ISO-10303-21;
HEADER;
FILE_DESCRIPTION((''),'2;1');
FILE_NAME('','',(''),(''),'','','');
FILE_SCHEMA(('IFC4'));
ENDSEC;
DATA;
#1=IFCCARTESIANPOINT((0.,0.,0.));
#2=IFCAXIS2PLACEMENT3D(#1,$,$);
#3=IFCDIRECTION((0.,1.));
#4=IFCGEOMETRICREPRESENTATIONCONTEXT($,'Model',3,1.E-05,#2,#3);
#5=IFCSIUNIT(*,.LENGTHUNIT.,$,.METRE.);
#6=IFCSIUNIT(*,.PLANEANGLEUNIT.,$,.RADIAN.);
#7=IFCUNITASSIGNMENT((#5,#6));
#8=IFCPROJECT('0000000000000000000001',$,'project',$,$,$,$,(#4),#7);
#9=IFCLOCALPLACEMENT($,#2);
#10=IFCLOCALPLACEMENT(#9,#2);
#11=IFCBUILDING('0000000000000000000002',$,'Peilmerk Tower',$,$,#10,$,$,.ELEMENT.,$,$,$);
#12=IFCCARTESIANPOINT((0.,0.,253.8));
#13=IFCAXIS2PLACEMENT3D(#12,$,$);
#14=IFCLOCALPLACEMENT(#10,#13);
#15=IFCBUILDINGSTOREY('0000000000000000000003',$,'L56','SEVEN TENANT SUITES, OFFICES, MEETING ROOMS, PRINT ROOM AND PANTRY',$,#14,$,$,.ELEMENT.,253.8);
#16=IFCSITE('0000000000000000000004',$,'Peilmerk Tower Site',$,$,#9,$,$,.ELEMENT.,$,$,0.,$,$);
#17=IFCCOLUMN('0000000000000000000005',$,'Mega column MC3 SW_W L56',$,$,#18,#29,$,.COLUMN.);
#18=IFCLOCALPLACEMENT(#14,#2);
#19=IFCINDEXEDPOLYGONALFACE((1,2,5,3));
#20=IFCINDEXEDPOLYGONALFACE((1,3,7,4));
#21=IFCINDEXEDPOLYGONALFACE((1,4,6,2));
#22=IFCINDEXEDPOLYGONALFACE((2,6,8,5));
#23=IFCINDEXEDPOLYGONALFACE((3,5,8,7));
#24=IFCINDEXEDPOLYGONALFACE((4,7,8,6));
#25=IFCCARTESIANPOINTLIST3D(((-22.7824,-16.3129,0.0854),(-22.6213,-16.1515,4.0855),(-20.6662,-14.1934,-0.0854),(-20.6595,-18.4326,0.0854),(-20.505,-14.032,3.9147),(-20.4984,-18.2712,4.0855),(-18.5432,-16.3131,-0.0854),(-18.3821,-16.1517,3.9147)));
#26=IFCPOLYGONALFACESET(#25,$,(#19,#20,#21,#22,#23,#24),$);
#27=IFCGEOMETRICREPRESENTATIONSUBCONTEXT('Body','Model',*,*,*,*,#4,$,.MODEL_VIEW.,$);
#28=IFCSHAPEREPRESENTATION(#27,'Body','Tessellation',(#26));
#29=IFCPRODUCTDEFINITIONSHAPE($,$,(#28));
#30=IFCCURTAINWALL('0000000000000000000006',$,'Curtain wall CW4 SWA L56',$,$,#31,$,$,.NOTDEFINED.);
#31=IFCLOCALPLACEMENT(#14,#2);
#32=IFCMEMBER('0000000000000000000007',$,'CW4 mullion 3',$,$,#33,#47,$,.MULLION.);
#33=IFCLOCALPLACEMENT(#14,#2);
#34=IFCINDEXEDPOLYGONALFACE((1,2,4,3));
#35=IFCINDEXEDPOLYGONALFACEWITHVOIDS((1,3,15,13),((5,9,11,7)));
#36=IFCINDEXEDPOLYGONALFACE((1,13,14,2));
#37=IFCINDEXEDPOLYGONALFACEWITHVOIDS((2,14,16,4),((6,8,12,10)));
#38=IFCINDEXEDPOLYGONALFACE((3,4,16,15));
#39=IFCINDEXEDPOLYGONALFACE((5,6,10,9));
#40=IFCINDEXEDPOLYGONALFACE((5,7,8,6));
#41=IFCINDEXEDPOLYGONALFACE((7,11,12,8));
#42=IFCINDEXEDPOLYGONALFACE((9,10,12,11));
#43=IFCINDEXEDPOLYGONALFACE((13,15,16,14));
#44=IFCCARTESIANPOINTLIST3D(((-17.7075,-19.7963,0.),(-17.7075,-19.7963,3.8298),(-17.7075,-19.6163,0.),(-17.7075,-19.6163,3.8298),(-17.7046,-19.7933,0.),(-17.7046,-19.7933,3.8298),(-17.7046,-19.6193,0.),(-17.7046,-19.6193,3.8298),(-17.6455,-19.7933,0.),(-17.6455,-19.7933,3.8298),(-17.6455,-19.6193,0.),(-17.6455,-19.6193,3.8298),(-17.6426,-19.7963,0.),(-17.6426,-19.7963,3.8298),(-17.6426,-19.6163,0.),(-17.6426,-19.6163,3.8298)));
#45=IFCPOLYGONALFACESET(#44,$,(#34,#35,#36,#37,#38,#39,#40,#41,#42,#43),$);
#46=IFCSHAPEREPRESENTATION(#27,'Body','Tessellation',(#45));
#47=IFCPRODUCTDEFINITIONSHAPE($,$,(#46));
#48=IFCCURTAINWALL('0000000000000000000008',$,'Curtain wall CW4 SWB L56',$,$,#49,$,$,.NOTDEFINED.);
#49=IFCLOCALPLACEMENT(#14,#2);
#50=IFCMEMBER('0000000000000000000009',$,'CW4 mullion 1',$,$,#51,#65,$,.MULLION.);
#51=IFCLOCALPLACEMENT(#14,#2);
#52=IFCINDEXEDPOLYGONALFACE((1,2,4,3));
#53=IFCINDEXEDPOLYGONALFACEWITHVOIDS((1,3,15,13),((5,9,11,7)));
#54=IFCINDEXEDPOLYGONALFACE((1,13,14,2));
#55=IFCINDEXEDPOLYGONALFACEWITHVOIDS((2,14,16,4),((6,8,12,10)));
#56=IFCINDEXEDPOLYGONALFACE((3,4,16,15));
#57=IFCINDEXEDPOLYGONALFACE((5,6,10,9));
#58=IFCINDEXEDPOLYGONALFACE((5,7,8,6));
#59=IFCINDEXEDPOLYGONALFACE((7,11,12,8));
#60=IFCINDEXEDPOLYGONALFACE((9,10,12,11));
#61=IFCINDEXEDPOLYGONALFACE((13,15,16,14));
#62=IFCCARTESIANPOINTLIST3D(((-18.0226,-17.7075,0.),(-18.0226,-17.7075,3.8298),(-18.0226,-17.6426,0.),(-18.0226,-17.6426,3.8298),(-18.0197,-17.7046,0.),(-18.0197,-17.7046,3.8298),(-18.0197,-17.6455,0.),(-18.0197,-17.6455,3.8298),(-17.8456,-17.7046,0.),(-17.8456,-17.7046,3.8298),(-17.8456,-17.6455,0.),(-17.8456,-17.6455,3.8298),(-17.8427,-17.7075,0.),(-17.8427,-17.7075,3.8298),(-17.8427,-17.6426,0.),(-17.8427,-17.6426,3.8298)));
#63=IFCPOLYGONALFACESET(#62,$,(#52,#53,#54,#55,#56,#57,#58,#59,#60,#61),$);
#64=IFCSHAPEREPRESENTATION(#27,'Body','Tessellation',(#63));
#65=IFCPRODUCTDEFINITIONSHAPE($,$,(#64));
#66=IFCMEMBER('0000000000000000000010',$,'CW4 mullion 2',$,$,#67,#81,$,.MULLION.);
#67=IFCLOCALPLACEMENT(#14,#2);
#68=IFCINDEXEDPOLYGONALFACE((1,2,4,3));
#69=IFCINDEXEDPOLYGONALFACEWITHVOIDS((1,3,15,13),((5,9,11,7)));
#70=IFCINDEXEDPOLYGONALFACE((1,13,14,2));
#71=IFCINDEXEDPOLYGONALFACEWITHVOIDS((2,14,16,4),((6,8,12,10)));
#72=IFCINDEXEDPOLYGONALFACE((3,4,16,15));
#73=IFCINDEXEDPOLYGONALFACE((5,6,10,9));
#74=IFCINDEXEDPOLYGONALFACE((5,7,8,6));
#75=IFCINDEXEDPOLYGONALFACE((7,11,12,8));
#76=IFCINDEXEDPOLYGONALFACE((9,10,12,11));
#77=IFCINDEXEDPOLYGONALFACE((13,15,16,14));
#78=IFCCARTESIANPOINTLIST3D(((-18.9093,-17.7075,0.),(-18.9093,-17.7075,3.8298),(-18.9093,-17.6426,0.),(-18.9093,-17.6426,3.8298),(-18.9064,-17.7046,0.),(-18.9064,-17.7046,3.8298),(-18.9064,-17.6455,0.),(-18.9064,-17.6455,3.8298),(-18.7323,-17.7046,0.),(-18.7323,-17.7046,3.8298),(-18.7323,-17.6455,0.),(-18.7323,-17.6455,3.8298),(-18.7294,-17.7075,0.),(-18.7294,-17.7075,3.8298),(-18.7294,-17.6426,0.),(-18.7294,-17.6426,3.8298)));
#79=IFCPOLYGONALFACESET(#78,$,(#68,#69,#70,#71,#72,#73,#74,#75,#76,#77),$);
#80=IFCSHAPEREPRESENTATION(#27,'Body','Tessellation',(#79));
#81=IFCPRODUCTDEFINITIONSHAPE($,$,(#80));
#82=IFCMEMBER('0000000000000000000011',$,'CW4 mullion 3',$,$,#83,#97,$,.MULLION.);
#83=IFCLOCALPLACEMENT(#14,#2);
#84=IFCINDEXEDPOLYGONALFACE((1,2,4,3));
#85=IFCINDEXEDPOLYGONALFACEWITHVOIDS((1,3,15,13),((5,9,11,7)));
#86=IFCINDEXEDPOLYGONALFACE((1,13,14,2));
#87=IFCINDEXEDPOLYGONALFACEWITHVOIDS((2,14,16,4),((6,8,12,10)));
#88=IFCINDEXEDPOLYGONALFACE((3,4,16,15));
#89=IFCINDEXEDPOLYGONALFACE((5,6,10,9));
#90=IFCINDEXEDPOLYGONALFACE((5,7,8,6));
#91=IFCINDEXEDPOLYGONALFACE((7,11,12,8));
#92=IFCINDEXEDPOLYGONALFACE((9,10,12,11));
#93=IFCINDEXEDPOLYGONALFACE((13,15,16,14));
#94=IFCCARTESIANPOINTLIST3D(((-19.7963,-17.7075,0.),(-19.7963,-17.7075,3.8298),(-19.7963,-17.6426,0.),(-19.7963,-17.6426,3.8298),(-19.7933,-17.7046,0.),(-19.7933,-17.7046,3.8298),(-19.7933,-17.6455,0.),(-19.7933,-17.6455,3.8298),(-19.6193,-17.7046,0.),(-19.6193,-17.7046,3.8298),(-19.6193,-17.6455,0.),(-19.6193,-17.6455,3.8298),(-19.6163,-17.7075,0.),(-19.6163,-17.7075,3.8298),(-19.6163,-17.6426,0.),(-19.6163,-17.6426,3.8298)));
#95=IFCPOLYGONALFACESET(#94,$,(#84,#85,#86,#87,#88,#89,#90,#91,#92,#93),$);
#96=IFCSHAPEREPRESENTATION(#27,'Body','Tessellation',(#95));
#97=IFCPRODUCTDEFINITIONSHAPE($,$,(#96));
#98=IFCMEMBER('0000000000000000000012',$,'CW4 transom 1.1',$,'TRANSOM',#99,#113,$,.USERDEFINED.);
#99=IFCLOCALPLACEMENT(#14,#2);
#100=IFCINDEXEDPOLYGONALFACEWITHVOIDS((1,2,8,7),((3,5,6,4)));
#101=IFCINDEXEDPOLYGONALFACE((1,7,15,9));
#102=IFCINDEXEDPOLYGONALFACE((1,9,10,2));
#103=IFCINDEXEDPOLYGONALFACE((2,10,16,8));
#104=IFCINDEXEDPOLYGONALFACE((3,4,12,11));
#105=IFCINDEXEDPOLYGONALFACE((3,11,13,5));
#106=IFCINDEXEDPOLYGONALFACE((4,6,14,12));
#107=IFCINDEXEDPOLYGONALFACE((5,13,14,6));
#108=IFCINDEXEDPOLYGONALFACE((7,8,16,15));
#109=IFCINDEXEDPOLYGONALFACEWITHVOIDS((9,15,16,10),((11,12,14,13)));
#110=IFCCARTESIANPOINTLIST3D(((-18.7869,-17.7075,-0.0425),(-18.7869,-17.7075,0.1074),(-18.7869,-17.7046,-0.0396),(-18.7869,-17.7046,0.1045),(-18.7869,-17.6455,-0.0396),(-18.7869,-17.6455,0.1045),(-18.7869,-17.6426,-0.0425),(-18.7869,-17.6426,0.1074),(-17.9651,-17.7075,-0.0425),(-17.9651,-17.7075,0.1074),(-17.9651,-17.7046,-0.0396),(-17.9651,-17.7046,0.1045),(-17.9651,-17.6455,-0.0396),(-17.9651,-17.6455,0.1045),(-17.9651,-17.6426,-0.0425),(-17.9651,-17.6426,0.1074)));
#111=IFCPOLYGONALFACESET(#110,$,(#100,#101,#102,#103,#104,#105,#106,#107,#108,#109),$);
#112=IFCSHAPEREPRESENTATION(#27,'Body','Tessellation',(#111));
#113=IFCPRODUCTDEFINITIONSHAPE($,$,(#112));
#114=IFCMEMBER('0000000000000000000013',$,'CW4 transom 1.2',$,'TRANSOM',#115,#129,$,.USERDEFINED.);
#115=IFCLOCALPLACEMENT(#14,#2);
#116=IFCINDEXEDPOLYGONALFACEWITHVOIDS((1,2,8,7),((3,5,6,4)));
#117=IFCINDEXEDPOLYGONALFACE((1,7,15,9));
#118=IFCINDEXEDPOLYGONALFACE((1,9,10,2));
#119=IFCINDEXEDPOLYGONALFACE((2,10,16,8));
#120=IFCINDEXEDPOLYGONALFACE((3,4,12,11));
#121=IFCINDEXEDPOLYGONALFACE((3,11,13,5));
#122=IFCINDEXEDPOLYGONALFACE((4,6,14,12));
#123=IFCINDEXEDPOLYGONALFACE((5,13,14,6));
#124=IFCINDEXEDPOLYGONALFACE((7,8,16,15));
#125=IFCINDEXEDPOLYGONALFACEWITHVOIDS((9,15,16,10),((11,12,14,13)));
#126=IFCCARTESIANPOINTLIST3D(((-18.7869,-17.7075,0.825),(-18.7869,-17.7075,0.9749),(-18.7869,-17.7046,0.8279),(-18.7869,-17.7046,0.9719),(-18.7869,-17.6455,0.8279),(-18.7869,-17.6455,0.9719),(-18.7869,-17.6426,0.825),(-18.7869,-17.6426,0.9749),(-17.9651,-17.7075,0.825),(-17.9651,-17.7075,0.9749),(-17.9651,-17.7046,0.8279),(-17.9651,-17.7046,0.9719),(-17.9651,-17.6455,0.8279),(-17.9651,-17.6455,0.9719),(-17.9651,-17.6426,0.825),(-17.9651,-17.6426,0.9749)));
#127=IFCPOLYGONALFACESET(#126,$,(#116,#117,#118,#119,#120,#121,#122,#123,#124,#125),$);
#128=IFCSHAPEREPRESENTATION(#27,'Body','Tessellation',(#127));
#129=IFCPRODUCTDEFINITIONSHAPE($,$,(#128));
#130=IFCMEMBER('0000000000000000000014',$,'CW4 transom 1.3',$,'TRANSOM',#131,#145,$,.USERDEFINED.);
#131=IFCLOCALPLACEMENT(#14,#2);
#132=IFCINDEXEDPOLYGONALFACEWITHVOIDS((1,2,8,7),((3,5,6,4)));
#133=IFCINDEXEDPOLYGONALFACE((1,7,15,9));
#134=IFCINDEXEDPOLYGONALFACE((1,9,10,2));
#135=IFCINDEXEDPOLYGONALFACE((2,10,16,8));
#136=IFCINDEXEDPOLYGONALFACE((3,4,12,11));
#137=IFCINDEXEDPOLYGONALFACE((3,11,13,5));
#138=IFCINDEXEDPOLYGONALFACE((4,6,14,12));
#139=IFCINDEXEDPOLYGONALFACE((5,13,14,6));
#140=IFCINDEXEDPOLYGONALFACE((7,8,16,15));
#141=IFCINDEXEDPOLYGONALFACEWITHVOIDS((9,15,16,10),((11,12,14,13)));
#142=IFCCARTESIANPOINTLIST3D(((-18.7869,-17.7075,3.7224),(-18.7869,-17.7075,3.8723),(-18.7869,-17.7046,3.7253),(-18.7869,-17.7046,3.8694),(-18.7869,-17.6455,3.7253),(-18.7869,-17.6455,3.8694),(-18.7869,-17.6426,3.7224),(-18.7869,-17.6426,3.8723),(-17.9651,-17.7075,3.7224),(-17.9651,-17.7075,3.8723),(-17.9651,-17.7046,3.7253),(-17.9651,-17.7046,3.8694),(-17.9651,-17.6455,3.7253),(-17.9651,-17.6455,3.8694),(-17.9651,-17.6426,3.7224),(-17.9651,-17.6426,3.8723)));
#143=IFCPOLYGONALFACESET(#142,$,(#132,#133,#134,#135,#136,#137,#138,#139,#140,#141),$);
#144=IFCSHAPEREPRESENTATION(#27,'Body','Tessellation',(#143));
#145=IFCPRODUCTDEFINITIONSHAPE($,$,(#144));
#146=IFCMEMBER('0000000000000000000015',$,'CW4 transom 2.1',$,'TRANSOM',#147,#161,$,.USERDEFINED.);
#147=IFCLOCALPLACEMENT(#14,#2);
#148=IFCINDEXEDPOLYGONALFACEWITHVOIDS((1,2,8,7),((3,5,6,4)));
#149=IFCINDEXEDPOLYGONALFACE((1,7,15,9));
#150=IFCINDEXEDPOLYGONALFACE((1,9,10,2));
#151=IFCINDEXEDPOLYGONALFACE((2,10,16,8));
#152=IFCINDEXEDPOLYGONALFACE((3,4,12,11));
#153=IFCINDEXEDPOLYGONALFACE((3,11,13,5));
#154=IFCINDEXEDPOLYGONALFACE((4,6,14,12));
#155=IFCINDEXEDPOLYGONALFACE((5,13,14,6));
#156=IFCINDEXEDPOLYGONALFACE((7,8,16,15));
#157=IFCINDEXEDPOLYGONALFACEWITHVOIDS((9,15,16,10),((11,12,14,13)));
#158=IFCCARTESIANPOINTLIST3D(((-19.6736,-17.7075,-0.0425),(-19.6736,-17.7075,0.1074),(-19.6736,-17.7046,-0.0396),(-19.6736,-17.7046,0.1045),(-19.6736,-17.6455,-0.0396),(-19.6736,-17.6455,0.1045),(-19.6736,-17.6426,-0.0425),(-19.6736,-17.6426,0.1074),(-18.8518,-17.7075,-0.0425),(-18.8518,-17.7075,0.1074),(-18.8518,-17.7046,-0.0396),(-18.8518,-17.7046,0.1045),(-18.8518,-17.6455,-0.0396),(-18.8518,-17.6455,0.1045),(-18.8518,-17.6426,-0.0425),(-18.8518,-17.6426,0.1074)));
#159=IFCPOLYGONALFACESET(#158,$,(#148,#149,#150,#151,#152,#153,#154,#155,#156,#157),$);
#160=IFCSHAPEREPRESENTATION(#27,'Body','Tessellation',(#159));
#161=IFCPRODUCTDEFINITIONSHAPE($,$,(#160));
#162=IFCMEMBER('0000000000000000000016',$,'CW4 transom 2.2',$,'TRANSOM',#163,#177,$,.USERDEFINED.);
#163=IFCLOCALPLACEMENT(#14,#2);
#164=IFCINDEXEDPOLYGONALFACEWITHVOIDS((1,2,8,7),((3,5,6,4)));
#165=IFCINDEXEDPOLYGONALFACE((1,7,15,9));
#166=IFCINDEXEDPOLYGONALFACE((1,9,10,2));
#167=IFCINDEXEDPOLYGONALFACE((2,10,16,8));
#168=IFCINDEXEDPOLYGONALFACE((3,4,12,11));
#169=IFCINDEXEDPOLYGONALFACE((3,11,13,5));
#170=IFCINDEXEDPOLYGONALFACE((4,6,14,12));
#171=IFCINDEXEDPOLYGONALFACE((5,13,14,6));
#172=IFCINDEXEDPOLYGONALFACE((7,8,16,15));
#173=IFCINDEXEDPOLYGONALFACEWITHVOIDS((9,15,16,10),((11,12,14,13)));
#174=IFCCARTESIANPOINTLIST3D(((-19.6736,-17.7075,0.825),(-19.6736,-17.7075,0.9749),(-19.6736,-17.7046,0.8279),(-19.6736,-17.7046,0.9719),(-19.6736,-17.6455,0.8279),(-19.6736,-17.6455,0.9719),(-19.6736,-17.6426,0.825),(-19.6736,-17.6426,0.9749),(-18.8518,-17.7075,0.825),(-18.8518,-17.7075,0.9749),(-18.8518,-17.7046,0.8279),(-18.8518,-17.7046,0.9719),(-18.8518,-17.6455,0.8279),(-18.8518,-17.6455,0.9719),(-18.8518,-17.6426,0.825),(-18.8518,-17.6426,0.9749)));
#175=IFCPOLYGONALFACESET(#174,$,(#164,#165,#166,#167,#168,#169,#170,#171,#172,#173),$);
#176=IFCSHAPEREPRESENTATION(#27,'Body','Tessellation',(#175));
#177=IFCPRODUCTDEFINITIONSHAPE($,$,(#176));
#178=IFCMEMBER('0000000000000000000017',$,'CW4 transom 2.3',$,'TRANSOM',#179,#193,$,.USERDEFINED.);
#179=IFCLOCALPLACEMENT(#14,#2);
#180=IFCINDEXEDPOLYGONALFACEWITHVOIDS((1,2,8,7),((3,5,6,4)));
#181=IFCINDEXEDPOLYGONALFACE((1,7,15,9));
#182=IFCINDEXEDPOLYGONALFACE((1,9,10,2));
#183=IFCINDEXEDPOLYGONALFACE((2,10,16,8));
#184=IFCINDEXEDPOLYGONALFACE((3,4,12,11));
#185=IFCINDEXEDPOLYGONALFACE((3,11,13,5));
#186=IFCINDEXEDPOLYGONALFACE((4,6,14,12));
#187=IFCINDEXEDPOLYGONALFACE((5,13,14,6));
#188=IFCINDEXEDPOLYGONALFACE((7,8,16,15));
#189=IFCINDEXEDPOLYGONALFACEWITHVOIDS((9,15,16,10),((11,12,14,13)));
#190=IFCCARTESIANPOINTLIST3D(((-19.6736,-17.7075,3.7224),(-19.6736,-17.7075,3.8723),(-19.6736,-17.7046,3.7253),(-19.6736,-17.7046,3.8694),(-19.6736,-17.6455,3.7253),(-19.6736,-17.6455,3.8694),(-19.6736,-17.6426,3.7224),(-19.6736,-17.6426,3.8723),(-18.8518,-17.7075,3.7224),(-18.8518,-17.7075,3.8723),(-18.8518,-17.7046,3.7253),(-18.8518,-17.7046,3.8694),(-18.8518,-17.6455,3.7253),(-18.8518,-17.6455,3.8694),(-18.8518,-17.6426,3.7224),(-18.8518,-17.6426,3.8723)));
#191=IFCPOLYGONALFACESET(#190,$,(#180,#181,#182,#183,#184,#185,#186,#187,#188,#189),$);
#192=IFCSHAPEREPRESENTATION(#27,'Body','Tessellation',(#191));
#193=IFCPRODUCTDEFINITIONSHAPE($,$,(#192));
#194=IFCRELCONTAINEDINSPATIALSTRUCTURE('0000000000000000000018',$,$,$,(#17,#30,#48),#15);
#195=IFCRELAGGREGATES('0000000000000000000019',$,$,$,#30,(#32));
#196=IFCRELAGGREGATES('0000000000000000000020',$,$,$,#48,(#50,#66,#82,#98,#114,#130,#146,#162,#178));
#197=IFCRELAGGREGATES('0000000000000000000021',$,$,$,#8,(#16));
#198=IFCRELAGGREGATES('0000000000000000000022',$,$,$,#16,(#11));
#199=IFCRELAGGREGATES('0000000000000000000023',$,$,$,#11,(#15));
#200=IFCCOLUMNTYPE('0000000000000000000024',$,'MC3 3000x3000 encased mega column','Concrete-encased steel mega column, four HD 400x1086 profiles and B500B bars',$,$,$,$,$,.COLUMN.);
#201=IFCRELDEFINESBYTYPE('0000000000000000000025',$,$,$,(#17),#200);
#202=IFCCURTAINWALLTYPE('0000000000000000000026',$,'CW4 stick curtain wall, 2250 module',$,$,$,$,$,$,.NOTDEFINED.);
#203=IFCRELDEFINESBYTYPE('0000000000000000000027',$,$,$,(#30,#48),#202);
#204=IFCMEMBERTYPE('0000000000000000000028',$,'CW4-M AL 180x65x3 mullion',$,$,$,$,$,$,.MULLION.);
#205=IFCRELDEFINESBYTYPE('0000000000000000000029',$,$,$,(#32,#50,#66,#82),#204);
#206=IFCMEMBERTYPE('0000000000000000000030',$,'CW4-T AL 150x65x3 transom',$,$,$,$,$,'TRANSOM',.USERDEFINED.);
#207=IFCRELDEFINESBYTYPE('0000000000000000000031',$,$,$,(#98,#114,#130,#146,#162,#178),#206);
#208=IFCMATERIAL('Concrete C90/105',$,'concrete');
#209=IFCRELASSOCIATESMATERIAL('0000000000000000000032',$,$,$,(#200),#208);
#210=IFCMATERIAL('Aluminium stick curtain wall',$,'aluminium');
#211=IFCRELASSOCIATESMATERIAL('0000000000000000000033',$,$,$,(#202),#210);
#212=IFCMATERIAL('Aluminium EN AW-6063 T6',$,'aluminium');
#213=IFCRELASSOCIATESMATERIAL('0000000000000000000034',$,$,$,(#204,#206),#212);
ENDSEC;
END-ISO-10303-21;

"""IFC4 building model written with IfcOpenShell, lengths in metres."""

from ifc_helpers import new_model, si_unit, direction, frame, origin, origin_2d, place, context, subcontext, project, spatial, rectangle, hollow_rectangle, extrude, material, material_profile, profile_set, type_object, element, aggregate, save


model = new_model("IFC4")

# Units and contexts
model_context = context("Model", 3, precision=1e-05, world=origin(), true_north=direction((0.0, 1.0)))
body_context = subcontext(model_context, "Body", "Model", "MODEL_VIEW")
ifc_project = project(units=[si_unit("LENGTHUNIT", "METRE"), si_unit("PLANEANGLEUNIT", "RADIAN")], contexts=[model_context])

# Site, building, storey
site_placement = place(None, origin())
site = spatial("IfcSite", under=ifc_project, at=site_placement, Name="Peilmerk Tower Site", CompositionType="ELEMENT", RefElevation=0.0)
building_placement = place(site_placement, origin())
building = spatial("IfcBuilding", under=site, at=building_placement, Name="Peilmerk Tower", CompositionType="ELEMENT")
storey_placement = place(building_placement, frame((0.0, 0.0, 253.8)))
storey = spatial("IfcBuildingStorey", under=building, at=storey_placement, Name="L56", Description="SEVEN TENANT SUITES, OFFICES, MEETING ROOMS, PRINT ROOM AND PANTRY", CompositionType="ELEMENT", Elevation=253.8)

# Column
ifc_material_1 = material(Name="Concrete C90/105", Category="concrete")
ifc_material_profile_1 = material_profile(ifc_material_1, rectangle(XDim=3.0, YDim=3.0, at=origin_2d()), Name="RC 3000x3000")
ifc_profile_set_1 = profile_set([ifc_material_profile_1], Name="Concrete C90/105")
column_type = type_object("IfcColumnType", Name="MC3 3000x3000 encased mega column", Description="Concrete-encased steel mega column, four HD 400x1086 profiles and B500B bars", PredefinedType="COLUMN", material=ifc_profile_set_1)
column_placement = place(storey_placement, frame((-20.6628, -16.313, 0.0), z_axis=(0.040218, 0.040279, 0.998379), x_axis=(-0.707642, 0.706571, 0.0)))
element("IfcColumn", 1, at=column_placement, inside=storey, type_object=column_type, Name="Mega column MC3 SW_W L56", PredefinedType="COLUMN", context=body_context, shape_type="SweptSolid", body=[
    extrude(rectangle(XDim=3.0, YDim=3.0, at=origin_2d()), origin(), (0.0, 0.0, 1.0), 4.0066),
])

# Curtain wall, member
ifc_material_2 = material(Name="Aluminium stick curtain wall", Category="aluminium")
curtain_wall_type = type_object("IfcCurtainWallType", Name="CW4 stick curtain wall, 2250 module", PredefinedType="NOTDEFINED", material=ifc_material_2)
curtain_wall_1_placement = place(storey_placement, origin())
curtain_wall_1 = element("IfcCurtainWall", 2, at=curtain_wall_1_placement, inside=storey, type_object=curtain_wall_type, Name="Curtain wall CW4 SWA L56", PredefinedType="NOTDEFINED")
ifc_material_3 = material(Name="Aluminium EN AW-6063 T6", Category="aluminium")
ifc_material_profile_2 = material_profile(ifc_material_3, hollow_rectangle(XDim=0.0649, YDim=0.1799, WallThickness=0.0029, at=origin_2d()), Name="AL 180x65x3")
ifc_profile_set_2 = profile_set([ifc_material_profile_2], Name="Aluminium EN AW-6063 T6")
member_type_1 = type_object("IfcMemberType", Name="CW4-M AL 180x65x3 mullion", PredefinedType="MULLION", material=ifc_profile_set_2)
member_1_placement = place(storey_placement, frame((-17.675, -19.7063, 0.0), z_axis=(0.0, 0.0, 1.0), x_axis=(1.0, 0.0, 0.0)))
member_1 = element("IfcMember", 3, at=member_1_placement, type_object=member_type_1, Name="CW4 mullion 3", PredefinedType="MULLION", context=body_context, shape_type="SweptSolid", body=[
    extrude(hollow_rectangle(XDim=0.0649, YDim=0.1799, WallThickness=0.0029, at=origin_2d()), origin(), (0.0, 0.0, 1.0), 3.8298),
])

# Curtain wall, members
curtain_wall_2_placement = place(storey_placement, origin())
curtain_wall_2 = element("IfcCurtainWall", 4, at=curtain_wall_2_placement, inside=storey, type_object=curtain_wall_type, Name="Curtain wall CW4 SWB L56", PredefinedType="NOTDEFINED")
member_2_placement = place(storey_placement, frame((-17.9326, -17.675, 0.0), z_axis=(0.0, 0.0, 1.0), x_axis=(0.0, -1.0, 0.0)))
member_2 = element("IfcMember", 5, at=member_2_placement, type_object=member_type_1, Name="CW4 mullion 1", PredefinedType="MULLION", context=body_context, shape_type="SweptSolid", body=[
    extrude(hollow_rectangle(XDim=0.0649, YDim=0.1799, WallThickness=0.0029, at=origin_2d()), origin(), (0.0, 0.0, 1.0), 3.8298),
])
member_3_placement = place(storey_placement, frame((-18.8193, -17.675, 0.0), z_axis=(0.0, 0.0, 1.0), x_axis=(0.0, -1.0, 0.0)))
member_3 = element("IfcMember", 6, at=member_3_placement, type_object=member_type_1, Name="CW4 mullion 2", PredefinedType="MULLION", context=body_context, shape_type="SweptSolid", body=[
    extrude(hollow_rectangle(XDim=0.0649, YDim=0.1799, WallThickness=0.0029, at=origin_2d()), origin(), (0.0, 0.0, 1.0), 3.8298),
])
member_4_placement = place(storey_placement, frame((-19.7063, -17.675, 0.0), z_axis=(0.0, 0.0, 1.0), x_axis=(0.0, -1.0, 0.0)))
member_4 = element("IfcMember", 7, at=member_4_placement, type_object=member_type_1, Name="CW4 mullion 3", PredefinedType="MULLION", context=body_context, shape_type="SweptSolid", body=[
    extrude(hollow_rectangle(XDim=0.0649, YDim=0.1799, WallThickness=0.0029, at=origin_2d()), origin(), (0.0, 0.0, 1.0), 3.8298),
])
ifc_material_profile_3 = material_profile(ifc_material_3, hollow_rectangle(XDim=0.0649, YDim=0.1499, WallThickness=0.0029, at=origin_2d()), Name="AL 150x65x3")
ifc_profile_set_3 = profile_set([ifc_material_profile_3], Name="Aluminium EN AW-6063 T6")
member_type_2 = type_object("IfcMemberType", Name="CW4-T AL 150x65x3 transom", ElementType="TRANSOM", PredefinedType="USERDEFINED", material=ifc_profile_set_3)
member_5_placement = place(storey_placement, frame((-17.9651, -17.675, 0.0325), z_axis=(-1.0, 0.0, 0.0), x_axis=(0.0, -1.0, 0.0)))
member_5 = element("IfcMember", 8, at=member_5_placement, type_object=member_type_2, Name="CW4 transom 1.1", ObjectType="TRANSOM", PredefinedType="USERDEFINED", context=body_context, shape_type="SweptSolid", body=[
    extrude(hollow_rectangle(XDim=0.0649, YDim=0.1499, WallThickness=0.0029, at=origin_2d()), origin(), (0.0, 0.0, 1.0), 0.8218),
])
member_6_placement = place(storey_placement, frame((-17.9651, -17.675, 0.8999), z_axis=(-1.0, 0.0, 0.0), x_axis=(0.0, -1.0, 0.0)))
member_6 = element("IfcMember", 9, at=member_6_placement, type_object=member_type_2, Name="CW4 transom 1.2", ObjectType="TRANSOM", PredefinedType="USERDEFINED", context=body_context, shape_type="SweptSolid", body=[
    extrude(hollow_rectangle(XDim=0.0649, YDim=0.1499, WallThickness=0.0029, at=origin_2d()), origin(), (0.0, 0.0, 1.0), 0.8218),
])
member_7_placement = place(storey_placement, frame((-17.9651, -17.675, 3.7974), z_axis=(-1.0, 0.0, 0.0), x_axis=(0.0, -1.0, 0.0)))
member_7 = element("IfcMember", 10, at=member_7_placement, type_object=member_type_2, Name="CW4 transom 1.3", ObjectType="TRANSOM", PredefinedType="USERDEFINED", context=body_context, shape_type="SweptSolid", body=[
    extrude(hollow_rectangle(XDim=0.0649, YDim=0.1499, WallThickness=0.0029, at=origin_2d()), origin(), (0.0, 0.0, 1.0), 0.8218),
])
member_8_placement = place(storey_placement, frame((-18.8518, -17.675, 0.0325), z_axis=(-1.0, 0.0, 0.0), x_axis=(0.0, -1.0, 0.0)))
member_8 = element("IfcMember", 11, at=member_8_placement, type_object=member_type_2, Name="CW4 transom 2.1", ObjectType="TRANSOM", PredefinedType="USERDEFINED", context=body_context, shape_type="SweptSolid", body=[
    extrude(hollow_rectangle(XDim=0.0649, YDim=0.1499, WallThickness=0.0029, at=origin_2d()), origin(), (0.0, 0.0, 1.0), 0.8218),
])
member_9_placement = place(storey_placement, frame((-18.8518, -17.675, 0.8999), z_axis=(-1.0, 0.0, 0.0), x_axis=(0.0, -1.0, 0.0)))
member_9 = element("IfcMember", 12, at=member_9_placement, type_object=member_type_2, Name="CW4 transom 2.2", ObjectType="TRANSOM", PredefinedType="USERDEFINED", context=body_context, shape_type="SweptSolid", body=[
    extrude(hollow_rectangle(XDim=0.0649, YDim=0.1499, WallThickness=0.0029, at=origin_2d()), origin(), (0.0, 0.0, 1.0), 0.8218),
])
member_10_placement = place(storey_placement, frame((-18.8518, -17.675, 3.7974), z_axis=(-1.0, 0.0, 0.0), x_axis=(0.0, -1.0, 0.0)))
member_10 = element("IfcMember", 13, at=member_10_placement, type_object=member_type_2, Name="CW4 transom 2.3", ObjectType="TRANSOM", PredefinedType="USERDEFINED", context=body_context, shape_type="SweptSolid", body=[
    extrude(hollow_rectangle(XDim=0.0649, YDim=0.1499, WallThickness=0.0029, at=origin_2d()), origin(), (0.0, 0.0, 1.0), 0.8218),
])

aggregate(curtain_wall_1, [member_1])
aggregate(curtain_wall_2, [member_2, member_3, member_4, member_5, member_6, member_7, member_8, member_9, member_10])

save(model, "model.ifc")
